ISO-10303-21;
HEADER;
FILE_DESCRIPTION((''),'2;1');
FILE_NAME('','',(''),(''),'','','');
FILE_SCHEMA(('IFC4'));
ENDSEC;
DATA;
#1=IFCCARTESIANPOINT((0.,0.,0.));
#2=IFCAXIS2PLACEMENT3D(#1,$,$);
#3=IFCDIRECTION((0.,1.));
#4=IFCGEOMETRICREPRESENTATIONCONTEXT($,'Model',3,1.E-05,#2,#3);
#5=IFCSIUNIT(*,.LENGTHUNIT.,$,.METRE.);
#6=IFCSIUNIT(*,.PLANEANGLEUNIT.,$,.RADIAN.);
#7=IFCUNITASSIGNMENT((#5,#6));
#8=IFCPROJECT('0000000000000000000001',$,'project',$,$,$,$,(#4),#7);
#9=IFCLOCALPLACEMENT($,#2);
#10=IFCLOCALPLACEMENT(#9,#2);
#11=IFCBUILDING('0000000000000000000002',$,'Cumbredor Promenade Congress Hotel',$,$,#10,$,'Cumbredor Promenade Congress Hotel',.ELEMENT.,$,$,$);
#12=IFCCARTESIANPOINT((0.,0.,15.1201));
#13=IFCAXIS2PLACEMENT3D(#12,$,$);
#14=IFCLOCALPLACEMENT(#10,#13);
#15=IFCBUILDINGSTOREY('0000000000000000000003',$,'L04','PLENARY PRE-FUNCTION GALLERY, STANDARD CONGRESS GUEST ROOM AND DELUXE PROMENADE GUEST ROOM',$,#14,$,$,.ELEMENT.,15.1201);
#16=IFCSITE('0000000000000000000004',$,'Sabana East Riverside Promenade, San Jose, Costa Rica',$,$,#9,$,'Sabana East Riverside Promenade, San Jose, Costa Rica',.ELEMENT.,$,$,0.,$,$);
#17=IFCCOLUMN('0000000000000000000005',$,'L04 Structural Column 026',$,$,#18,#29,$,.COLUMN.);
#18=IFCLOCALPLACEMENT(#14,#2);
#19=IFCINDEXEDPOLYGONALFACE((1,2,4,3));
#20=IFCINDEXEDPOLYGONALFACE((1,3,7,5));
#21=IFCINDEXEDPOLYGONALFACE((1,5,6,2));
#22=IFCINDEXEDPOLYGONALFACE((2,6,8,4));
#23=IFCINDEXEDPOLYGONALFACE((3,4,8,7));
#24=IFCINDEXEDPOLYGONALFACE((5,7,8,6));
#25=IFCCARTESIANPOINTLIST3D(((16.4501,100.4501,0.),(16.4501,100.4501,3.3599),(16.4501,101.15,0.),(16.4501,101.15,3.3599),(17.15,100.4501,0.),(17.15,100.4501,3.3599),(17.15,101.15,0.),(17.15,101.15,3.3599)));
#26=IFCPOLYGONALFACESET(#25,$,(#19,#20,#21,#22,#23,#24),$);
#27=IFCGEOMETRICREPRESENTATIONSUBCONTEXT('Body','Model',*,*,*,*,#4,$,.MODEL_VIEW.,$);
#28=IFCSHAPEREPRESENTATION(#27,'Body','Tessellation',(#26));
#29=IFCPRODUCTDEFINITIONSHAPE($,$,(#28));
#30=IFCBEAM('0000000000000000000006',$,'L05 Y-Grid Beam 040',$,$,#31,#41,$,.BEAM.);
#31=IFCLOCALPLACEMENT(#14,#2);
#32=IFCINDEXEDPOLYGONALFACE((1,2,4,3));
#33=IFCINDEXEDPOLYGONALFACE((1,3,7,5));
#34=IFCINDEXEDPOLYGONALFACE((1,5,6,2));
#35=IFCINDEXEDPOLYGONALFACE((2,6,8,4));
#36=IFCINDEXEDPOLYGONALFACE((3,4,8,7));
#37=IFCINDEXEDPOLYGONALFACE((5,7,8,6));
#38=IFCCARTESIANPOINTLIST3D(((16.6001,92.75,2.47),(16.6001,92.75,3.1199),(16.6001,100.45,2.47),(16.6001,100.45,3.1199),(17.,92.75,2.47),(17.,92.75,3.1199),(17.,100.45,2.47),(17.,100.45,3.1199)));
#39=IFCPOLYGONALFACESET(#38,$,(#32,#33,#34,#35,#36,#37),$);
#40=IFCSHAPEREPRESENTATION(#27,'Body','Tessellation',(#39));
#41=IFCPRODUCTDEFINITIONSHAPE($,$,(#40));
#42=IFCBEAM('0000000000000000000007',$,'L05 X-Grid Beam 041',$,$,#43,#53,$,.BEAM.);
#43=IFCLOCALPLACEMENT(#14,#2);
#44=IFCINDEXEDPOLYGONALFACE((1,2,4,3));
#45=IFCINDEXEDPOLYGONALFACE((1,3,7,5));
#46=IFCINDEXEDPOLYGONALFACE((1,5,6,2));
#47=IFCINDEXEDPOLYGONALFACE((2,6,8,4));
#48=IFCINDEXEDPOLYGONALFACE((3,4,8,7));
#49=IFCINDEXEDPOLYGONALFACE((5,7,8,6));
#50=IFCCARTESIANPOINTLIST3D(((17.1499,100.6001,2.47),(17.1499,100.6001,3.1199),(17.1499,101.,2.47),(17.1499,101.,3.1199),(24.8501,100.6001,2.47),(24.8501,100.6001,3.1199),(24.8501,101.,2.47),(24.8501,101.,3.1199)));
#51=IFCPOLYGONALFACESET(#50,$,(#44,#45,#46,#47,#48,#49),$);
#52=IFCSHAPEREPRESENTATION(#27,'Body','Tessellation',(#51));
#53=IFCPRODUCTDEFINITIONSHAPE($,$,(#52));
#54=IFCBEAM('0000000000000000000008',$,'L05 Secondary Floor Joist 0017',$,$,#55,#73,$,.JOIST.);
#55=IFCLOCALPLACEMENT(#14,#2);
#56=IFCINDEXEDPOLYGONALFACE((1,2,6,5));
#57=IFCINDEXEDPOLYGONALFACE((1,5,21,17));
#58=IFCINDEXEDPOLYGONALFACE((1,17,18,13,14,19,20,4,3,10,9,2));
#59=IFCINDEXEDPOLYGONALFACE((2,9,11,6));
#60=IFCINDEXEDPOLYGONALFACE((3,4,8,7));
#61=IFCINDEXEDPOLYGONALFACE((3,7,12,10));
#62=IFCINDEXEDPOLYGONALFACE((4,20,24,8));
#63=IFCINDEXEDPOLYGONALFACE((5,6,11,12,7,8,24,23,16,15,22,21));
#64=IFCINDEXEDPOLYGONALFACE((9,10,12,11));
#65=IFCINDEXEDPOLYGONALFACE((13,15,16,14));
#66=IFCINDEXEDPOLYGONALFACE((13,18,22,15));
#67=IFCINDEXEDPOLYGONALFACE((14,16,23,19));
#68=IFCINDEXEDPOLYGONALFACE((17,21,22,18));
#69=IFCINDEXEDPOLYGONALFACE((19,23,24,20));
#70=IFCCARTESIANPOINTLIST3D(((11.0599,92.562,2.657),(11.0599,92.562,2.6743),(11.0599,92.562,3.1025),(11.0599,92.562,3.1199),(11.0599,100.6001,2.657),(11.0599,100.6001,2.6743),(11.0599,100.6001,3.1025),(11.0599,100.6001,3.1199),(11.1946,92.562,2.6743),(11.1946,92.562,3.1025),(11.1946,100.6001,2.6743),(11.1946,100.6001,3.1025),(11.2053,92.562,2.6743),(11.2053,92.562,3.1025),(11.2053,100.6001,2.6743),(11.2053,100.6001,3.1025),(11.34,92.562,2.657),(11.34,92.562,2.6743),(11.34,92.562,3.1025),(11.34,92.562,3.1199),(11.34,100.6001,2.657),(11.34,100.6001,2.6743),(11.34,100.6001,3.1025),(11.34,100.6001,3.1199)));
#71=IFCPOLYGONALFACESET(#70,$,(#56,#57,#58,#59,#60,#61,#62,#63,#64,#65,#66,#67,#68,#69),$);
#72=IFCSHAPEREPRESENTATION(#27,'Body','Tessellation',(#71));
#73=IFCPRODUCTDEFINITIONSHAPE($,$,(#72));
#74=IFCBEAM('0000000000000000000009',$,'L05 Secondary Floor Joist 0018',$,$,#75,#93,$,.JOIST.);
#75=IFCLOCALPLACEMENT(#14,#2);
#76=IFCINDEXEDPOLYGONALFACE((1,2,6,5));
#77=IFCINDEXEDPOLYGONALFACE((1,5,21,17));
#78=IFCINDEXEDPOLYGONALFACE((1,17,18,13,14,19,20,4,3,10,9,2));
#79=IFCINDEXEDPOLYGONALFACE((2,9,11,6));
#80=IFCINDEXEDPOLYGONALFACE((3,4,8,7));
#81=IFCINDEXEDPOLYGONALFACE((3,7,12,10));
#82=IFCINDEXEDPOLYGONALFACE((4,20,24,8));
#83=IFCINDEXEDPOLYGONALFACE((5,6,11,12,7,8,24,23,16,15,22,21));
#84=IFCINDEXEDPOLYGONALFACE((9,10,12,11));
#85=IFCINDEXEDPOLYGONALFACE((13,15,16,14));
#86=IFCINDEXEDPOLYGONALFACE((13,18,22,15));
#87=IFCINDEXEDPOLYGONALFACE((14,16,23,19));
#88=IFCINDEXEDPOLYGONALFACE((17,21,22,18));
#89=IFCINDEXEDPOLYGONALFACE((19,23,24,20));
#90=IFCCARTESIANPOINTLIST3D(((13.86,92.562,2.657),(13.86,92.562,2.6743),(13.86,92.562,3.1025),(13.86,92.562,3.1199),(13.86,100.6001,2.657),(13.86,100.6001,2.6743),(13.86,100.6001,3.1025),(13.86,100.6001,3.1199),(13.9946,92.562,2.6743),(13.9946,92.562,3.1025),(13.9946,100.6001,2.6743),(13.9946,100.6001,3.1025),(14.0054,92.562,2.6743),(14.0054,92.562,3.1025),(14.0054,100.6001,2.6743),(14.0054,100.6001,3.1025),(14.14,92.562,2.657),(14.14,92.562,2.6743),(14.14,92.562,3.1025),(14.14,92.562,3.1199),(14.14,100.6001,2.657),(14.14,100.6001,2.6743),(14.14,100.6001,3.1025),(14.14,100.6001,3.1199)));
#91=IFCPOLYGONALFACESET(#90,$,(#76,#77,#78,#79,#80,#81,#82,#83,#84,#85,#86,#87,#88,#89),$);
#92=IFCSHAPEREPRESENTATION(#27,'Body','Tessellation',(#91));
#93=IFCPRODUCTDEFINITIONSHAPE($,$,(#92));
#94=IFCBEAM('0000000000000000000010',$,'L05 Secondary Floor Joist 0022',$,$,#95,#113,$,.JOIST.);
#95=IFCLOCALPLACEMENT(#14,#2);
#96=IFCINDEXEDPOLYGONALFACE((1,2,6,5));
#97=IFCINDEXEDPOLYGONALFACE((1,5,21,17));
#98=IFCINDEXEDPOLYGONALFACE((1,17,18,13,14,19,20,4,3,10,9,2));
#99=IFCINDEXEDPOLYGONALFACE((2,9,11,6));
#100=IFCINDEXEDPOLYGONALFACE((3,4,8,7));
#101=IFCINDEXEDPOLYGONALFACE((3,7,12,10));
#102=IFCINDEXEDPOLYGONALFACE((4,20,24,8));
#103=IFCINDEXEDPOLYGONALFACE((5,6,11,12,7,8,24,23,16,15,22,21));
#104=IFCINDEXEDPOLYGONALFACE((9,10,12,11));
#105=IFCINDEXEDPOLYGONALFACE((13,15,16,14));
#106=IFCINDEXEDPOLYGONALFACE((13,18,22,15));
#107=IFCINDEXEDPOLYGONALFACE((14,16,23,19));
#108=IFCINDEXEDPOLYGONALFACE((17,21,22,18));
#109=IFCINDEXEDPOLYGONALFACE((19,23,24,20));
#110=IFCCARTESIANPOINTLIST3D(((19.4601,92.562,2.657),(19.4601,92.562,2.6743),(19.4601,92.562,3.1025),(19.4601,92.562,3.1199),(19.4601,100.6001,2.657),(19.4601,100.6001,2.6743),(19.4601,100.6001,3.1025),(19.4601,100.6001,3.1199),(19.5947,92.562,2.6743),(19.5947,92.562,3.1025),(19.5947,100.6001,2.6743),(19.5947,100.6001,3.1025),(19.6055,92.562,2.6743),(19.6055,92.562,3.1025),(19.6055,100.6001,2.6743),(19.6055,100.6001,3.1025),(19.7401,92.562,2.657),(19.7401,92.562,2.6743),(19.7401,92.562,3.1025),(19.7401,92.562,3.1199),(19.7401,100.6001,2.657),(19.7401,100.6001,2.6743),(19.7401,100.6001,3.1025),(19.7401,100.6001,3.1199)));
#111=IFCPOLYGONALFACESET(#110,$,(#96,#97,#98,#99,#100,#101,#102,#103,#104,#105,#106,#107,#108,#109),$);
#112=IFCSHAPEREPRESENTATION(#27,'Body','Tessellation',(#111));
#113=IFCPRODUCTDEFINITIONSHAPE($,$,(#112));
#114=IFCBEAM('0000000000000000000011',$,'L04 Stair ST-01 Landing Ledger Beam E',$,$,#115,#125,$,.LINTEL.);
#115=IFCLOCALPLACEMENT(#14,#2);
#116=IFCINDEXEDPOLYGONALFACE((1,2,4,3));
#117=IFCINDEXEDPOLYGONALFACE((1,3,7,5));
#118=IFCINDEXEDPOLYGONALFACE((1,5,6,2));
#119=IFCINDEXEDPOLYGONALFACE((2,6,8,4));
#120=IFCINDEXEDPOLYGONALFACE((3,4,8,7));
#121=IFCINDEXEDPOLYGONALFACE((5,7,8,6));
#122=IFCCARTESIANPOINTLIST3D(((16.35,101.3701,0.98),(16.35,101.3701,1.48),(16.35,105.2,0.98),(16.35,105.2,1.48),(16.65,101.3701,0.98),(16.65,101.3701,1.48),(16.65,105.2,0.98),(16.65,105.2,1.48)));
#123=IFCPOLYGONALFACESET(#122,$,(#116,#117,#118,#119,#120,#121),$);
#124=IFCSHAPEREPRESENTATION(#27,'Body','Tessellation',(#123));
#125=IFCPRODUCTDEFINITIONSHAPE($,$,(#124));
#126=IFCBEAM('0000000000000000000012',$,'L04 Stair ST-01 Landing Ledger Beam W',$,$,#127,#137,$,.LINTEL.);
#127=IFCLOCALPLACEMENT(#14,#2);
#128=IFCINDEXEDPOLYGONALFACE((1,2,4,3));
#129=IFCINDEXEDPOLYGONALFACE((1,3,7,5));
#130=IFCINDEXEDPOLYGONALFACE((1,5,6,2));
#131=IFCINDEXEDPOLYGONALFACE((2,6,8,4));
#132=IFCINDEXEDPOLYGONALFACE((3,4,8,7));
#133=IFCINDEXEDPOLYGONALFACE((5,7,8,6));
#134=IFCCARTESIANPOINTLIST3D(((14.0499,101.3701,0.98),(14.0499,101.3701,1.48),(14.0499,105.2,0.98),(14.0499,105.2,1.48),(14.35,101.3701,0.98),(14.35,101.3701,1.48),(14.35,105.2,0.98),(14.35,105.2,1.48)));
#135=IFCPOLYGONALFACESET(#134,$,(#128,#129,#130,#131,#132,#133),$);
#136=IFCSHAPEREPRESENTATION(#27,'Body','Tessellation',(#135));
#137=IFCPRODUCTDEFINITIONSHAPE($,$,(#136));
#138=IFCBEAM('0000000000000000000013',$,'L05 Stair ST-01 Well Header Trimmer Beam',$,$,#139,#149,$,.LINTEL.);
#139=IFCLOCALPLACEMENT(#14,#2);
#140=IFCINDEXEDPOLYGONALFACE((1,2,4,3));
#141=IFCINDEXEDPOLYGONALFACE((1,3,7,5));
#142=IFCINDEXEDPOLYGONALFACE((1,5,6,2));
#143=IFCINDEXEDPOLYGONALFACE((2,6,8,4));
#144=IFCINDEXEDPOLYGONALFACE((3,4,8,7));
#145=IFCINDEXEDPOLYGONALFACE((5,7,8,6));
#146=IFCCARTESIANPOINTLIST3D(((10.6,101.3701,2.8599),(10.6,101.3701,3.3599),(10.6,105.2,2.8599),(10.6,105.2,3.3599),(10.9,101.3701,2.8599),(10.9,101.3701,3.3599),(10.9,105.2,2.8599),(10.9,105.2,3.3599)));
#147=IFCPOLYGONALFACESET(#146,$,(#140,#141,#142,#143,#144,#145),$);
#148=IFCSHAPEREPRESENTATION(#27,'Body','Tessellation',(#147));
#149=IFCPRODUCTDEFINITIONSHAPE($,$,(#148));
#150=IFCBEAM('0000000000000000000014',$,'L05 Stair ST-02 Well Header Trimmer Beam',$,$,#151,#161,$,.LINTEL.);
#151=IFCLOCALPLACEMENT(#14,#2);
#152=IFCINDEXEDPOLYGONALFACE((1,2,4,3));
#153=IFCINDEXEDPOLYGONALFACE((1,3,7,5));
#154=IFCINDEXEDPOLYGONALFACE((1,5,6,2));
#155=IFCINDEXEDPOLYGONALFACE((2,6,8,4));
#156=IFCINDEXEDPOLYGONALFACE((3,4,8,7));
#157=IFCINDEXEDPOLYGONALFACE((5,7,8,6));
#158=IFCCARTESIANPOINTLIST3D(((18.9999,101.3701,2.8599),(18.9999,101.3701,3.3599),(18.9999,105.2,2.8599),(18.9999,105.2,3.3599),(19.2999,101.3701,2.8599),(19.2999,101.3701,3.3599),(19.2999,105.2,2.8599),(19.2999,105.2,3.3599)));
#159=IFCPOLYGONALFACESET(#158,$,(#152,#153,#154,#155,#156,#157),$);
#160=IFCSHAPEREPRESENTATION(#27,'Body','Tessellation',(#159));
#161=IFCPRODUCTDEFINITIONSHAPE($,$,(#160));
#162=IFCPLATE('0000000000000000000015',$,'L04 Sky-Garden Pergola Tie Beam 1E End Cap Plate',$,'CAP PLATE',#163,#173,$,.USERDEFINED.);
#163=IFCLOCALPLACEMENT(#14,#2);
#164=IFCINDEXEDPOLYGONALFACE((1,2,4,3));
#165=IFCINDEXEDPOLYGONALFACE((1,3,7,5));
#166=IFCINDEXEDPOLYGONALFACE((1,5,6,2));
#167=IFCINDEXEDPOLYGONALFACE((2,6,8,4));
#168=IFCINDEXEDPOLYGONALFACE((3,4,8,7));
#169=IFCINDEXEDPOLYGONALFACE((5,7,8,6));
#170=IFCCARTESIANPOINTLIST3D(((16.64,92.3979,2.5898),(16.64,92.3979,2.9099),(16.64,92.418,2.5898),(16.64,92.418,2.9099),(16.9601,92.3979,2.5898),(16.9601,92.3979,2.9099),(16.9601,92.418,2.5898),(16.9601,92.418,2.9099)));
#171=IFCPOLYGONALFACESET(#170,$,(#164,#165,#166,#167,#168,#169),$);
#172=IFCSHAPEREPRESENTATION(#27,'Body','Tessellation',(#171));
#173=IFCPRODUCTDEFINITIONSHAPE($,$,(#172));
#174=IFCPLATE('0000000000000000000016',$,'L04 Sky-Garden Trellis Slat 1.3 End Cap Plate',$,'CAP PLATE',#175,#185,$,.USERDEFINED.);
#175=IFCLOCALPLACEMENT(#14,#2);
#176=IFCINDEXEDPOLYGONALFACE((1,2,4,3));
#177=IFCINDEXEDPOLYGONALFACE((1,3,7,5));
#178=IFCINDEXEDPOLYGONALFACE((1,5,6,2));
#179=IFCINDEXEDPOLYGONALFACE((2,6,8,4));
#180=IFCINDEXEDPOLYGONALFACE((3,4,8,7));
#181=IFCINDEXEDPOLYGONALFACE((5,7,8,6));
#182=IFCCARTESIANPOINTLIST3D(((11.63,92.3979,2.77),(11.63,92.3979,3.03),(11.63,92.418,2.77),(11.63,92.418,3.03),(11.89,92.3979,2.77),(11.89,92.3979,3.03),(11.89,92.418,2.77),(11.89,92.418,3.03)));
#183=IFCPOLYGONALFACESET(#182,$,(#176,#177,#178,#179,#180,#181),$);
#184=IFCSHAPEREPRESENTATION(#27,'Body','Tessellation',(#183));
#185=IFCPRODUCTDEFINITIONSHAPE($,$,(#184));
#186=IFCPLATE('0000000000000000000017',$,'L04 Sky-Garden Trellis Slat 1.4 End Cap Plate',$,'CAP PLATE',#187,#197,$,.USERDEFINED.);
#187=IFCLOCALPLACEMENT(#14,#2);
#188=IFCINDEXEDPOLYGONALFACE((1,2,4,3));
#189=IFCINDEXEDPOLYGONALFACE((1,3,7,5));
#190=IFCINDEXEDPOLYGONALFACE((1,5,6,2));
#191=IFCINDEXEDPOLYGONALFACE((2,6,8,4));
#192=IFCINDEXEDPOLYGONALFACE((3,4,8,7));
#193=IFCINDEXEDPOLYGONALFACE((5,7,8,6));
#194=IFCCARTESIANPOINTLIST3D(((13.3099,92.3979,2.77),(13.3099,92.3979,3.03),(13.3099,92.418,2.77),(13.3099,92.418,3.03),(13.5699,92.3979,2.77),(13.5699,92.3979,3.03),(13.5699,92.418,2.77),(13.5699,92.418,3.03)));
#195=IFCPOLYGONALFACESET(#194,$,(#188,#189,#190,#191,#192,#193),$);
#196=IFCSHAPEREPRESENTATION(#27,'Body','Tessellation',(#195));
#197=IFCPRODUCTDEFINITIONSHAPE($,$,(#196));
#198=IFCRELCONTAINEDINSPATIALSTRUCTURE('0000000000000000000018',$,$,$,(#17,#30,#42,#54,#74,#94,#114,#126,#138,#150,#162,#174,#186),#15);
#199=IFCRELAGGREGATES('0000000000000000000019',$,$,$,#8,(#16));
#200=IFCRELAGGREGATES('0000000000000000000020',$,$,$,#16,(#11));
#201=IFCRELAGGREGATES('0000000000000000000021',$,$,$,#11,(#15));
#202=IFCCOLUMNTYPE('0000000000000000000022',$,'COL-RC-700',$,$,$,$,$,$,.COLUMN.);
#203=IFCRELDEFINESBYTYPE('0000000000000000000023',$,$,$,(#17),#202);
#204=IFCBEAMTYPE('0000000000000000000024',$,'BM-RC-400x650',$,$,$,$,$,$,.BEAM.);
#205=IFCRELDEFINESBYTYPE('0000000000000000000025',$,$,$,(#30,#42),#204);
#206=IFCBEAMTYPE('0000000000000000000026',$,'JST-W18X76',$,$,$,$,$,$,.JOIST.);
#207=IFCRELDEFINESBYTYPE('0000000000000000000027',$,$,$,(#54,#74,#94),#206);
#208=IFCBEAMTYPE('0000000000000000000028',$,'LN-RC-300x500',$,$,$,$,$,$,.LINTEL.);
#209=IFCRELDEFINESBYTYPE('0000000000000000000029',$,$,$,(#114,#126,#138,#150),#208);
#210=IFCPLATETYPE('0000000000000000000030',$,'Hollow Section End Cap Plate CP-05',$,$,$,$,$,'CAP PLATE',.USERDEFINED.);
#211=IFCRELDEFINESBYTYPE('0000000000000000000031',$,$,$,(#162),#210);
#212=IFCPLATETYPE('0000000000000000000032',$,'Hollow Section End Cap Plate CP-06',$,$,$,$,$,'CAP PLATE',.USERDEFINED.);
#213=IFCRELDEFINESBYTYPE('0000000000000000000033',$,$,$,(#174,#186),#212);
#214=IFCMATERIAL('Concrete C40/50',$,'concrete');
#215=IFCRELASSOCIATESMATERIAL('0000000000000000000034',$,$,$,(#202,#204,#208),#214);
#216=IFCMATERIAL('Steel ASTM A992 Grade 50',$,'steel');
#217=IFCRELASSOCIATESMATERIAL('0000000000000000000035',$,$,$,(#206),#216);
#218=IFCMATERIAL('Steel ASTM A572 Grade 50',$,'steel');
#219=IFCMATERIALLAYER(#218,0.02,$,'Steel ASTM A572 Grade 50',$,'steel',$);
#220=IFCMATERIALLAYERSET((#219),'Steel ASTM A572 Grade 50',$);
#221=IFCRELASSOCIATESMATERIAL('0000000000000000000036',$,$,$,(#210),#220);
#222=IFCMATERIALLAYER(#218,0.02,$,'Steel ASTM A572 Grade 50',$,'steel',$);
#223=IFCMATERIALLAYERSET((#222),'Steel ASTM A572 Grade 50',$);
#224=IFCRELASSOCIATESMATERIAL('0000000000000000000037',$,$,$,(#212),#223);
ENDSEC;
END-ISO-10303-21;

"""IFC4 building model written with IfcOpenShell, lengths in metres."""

from ifc_helpers import new_model, si_unit, direction, frame, origin, origin_2d, place, context, subcontext, project, spatial, rectangle, i_section, extrude, material, layer, layer_set, material_profile, profile_set, type_object, element, save


model = new_model("IFC4")

# Units and contexts
model_context = context("Model", 3, precision=1e-05, world=origin(), true_north=direction((0.0, 1.0)))
body_context = subcontext(model_context, "Body", "Model", "MODEL_VIEW")
ifc_project = project(units=[si_unit("LENGTHUNIT", "METRE"), si_unit("PLANEANGLEUNIT", "RADIAN")], contexts=[model_context])

# Site, building, storey
site_placement = place(None, origin())
site = spatial("IfcSite", under=ifc_project, at=site_placement, Name="Sabana East Riverside Promenade, San Jose, Costa Rica", LongName="Sabana East Riverside Promenade, San Jose, Costa Rica", CompositionType="ELEMENT", RefElevation=0.0)
building_placement = place(site_placement, origin())
building = spatial("IfcBuilding", under=site, at=building_placement, Name="Cumbredor Promenade Congress Hotel", LongName="Cumbredor Promenade Congress Hotel", CompositionType="ELEMENT")
storey_placement = place(building_placement, frame((0.0, 0.0, 15.1201)))
storey = spatial("IfcBuildingStorey", under=building, at=storey_placement, Name="L04", Description="PLENARY PRE-FUNCTION GALLERY, STANDARD CONGRESS GUEST ROOM AND DELUXE PROMENADE GUEST ROOM", CompositionType="ELEMENT", Elevation=15.1201)

# Column
ifc_material_1 = material(Name="Concrete C40/50", Category="concrete")
ifc_material_profile_1 = material_profile(ifc_material_1, rectangle(XDim=0.7, YDim=0.7, at=origin_2d()), Name="RC 700x700")
ifc_profile_set_1 = profile_set([ifc_material_profile_1], Name="Concrete C40/50")
column_type = type_object("IfcColumnType", Name="COL-RC-700", PredefinedType="COLUMN", material=ifc_profile_set_1)
column_placement = place(storey_placement, frame((16.8, 100.8, 0.0), z_axis=(0.0, 0.0, 1.0), x_axis=(1.0, 0.0, 0.0)))
element("IfcColumn", 1, at=column_placement, inside=storey, type_object=column_type, Name="L04 Structural Column 026", PredefinedType="COLUMN", context=body_context, shape_type="SweptSolid", body=[
    extrude(rectangle(XDim=0.7, YDim=0.7, at=origin_2d()), origin(), (0.0, 0.0, 1.0), 3.3599),
])

# Beams
ifc_material_profile_2 = material_profile(ifc_material_1, rectangle(XDim=0.3999, YDim=0.6499, at=origin_2d()), Name="RC BEAM 400x650")
ifc_profile_set_2 = profile_set([ifc_material_profile_2], Name="Concrete C40/50")
beam_type_1 = type_object("IfcBeamType", Name="BM-RC-400x650", PredefinedType="BEAM", material=ifc_profile_set_2)
beam_1_placement = place(storey_placement, frame((16.8, 92.75, 2.7949), z_axis=(0.0, 1.0, 0.0), x_axis=(-1.0, 0.0, 0.0)))
element("IfcBeam", 2, at=beam_1_placement, inside=storey, type_object=beam_type_1, Name="L05 Y-Grid Beam 040", PredefinedType="BEAM", context=body_context, shape_type="SweptSolid", body=[
    extrude(rectangle(XDim=0.3999, YDim=0.6499, at=origin_2d()), origin(), (0.0, 0.0, 1.0), 7.7),
])
beam_2_placement = place(storey_placement, frame((17.1499, 100.8, 2.7949), z_axis=(1.0, 0.0, 0.0), x_axis=(0.0, 1.0, 0.0)))
element("IfcBeam", 3, at=beam_2_placement, inside=storey, type_object=beam_type_1, Name="L05 X-Grid Beam 041", PredefinedType="BEAM", context=body_context, shape_type="SweptSolid", body=[
    extrude(rectangle(XDim=0.3999, YDim=0.6499, at=origin_2d()), origin(), (0.0, 0.0, 1.0), 7.7002),
])
ifc_material_2 = material(Name="Steel ASTM A992 Grade 50", Category="steel")
ifc_material_profile_3 = material_profile(ifc_material_2, i_section(OverallWidth=0.28, OverallDepth=0.4629, WebThickness=0.0107, FlangeThickness=0.0173, at=origin_2d()), Name="W18X76")
ifc_profile_set_3 = profile_set([ifc_material_profile_3], Name="Steel ASTM A992 Grade 50")
beam_type_2 = type_object("IfcBeamType", Name="JST-W18X76", PredefinedType="JOIST", material=ifc_profile_set_3)
for number, where, z_axis, x_axis, name in (
    (4, (11.2, 92.562, 2.8884), (0.0, 1.0, 0.0), (-1.0, 0.0, 0.0), "L05 Secondary Floor Joist 0017"),
    (5, (14.0, 92.562, 2.8884), (0.0, 1.0, 0.0), (-1.0, 0.0, 0.0), "L05 Secondary Floor Joist 0018"),
    (6, (19.6001, 92.562, 2.8884), (0.0, 1.0, 0.0), (-1.0, 0.0, 0.0), "L05 Secondary Floor Joist 0022"),
):
    element("IfcBeam", number, at=place(storey_placement, frame(where, z_axis=z_axis, x_axis=x_axis)), inside=storey, type_object=beam_type_2, Name=name, PredefinedType="JOIST", context=body_context, shape_type="SweptSolid", body=[
        extrude(i_section(OverallWidth=0.28, OverallDepth=0.4629, WebThickness=0.0107, FlangeThickness=0.0173, at=origin_2d()), origin(), (0.0, 0.0, 1.0), 8.0381),
    ])
ifc_material_profile_4 = material_profile(ifc_material_1, rectangle(XDim=0.3, YDim=0.5, at=origin_2d()), Name="RC LINTEL 300x500")
ifc_profile_set_4 = profile_set([ifc_material_profile_4], Name="Concrete C40/50")
beam_type_3 = type_object("IfcBeamType", Name="LN-RC-300x500", PredefinedType="LINTEL", material=ifc_profile_set_4)
for number, where, z_axis, x_axis, name in (
    (7, (16.5, 101.3701, 1.23), (0.0, 1.0, 0.0), (-1.0, 0.0, 0.0), "L04 Stair ST-01 Landing Ledger Beam E"),
    (8, (14.2, 101.3701, 1.23), (0.0, 1.0, 0.0), (-1.0, 0.0, 0.0), "L04 Stair ST-01 Landing Ledger Beam W"),
    (9, (10.75, 101.3701, 3.1099), (0.0, 1.0, 0.0), (-1.0, 0.0, 0.0), "L05 Stair ST-01 Well Header Trimmer Beam"),
    (10, (19.1499, 101.3701, 3.1099), (0.0, 1.0, 0.0), (-1.0, 0.0, 0.0), "L05 Stair ST-02 Well Header Trimmer Beam"),
):
    element("IfcBeam", number, at=place(storey_placement, frame(where, z_axis=z_axis, x_axis=x_axis)), inside=storey, type_object=beam_type_3, Name=name, PredefinedType="LINTEL", context=body_context, shape_type="SweptSolid", body=[
        extrude(rectangle(XDim=0.3, YDim=0.5, at=origin_2d()), origin(), (0.0, 0.0, 1.0), 3.8298),
    ])

# Plates
ifc_material_3 = material(Name="Steel ASTM A572 Grade 50", Category="steel")
ifc_layer_1 = layer(ifc_material_3, 0.02, Name="Steel ASTM A572 Grade 50", Category="steel")
ifc_layer_set_1 = layer_set([ifc_layer_1], Name="Steel ASTM A572 Grade 50")
plate_type_1 = type_object("IfcPlateType", Name="Hollow Section End Cap Plate CP-05", ElementType="CAP PLATE", PredefinedType="USERDEFINED", material=ifc_layer_set_1)
plate_placement = place(storey_placement, frame((16.8, 92.408, 2.5898), z_axis=(0.0, 0.0, 1.0), x_axis=(0.0, 1.0, 0.0)))
element("IfcPlate", 11, at=plate_placement, inside=storey, type_object=plate_type_1, Name="L04 Sky-Garden Pergola Tie Beam 1E End Cap Plate", ObjectType="CAP PLATE", PredefinedType="USERDEFINED", context=body_context, shape_type="SweptSolid", body=[
    extrude(rectangle(XDim=0.02, YDim=0.3201, at=origin_2d()), origin(), (0.0, 0.0, 1.0), 0.3201),
])
ifc_layer_2 = layer(ifc_material_3, 0.02, Name="Steel ASTM A572 Grade 50", Category="steel")
ifc_layer_set_2 = layer_set([ifc_layer_2], Name="Steel ASTM A572 Grade 50")
plate_type_2 = type_object("IfcPlateType", Name="Hollow Section End Cap Plate CP-06", ElementType="CAP PLATE", PredefinedType="USERDEFINED", material=ifc_layer_set_2)
for number, where, z_axis, x_axis, name in (
    (12, (11.76, 92.408, 2.77), (0.0, 0.0, 1.0), (0.0, 1.0, 0.0), "L04 Sky-Garden Trellis Slat 1.3 End Cap Plate"),
    (13, (13.4399, 92.408, 2.77), (0.0, 0.0, 1.0), (0.0, 1.0, 0.0), "L04 Sky-Garden Trellis Slat 1.4 End Cap Plate"),
):
    element("IfcPlate", number, at=place(storey_placement, frame(where, z_axis=z_axis, x_axis=x_axis)), inside=storey, type_object=plate_type_2, Name=name, ObjectType="CAP PLATE", PredefinedType="USERDEFINED", context=body_context, shape_type="SweptSolid", body=[
        extrude(rectangle(XDim=0.02, YDim=0.26, at=origin_2d()), origin(), (0.0, 0.0, 1.0), 0.26),
    ])

save(model, "model.ifc")
